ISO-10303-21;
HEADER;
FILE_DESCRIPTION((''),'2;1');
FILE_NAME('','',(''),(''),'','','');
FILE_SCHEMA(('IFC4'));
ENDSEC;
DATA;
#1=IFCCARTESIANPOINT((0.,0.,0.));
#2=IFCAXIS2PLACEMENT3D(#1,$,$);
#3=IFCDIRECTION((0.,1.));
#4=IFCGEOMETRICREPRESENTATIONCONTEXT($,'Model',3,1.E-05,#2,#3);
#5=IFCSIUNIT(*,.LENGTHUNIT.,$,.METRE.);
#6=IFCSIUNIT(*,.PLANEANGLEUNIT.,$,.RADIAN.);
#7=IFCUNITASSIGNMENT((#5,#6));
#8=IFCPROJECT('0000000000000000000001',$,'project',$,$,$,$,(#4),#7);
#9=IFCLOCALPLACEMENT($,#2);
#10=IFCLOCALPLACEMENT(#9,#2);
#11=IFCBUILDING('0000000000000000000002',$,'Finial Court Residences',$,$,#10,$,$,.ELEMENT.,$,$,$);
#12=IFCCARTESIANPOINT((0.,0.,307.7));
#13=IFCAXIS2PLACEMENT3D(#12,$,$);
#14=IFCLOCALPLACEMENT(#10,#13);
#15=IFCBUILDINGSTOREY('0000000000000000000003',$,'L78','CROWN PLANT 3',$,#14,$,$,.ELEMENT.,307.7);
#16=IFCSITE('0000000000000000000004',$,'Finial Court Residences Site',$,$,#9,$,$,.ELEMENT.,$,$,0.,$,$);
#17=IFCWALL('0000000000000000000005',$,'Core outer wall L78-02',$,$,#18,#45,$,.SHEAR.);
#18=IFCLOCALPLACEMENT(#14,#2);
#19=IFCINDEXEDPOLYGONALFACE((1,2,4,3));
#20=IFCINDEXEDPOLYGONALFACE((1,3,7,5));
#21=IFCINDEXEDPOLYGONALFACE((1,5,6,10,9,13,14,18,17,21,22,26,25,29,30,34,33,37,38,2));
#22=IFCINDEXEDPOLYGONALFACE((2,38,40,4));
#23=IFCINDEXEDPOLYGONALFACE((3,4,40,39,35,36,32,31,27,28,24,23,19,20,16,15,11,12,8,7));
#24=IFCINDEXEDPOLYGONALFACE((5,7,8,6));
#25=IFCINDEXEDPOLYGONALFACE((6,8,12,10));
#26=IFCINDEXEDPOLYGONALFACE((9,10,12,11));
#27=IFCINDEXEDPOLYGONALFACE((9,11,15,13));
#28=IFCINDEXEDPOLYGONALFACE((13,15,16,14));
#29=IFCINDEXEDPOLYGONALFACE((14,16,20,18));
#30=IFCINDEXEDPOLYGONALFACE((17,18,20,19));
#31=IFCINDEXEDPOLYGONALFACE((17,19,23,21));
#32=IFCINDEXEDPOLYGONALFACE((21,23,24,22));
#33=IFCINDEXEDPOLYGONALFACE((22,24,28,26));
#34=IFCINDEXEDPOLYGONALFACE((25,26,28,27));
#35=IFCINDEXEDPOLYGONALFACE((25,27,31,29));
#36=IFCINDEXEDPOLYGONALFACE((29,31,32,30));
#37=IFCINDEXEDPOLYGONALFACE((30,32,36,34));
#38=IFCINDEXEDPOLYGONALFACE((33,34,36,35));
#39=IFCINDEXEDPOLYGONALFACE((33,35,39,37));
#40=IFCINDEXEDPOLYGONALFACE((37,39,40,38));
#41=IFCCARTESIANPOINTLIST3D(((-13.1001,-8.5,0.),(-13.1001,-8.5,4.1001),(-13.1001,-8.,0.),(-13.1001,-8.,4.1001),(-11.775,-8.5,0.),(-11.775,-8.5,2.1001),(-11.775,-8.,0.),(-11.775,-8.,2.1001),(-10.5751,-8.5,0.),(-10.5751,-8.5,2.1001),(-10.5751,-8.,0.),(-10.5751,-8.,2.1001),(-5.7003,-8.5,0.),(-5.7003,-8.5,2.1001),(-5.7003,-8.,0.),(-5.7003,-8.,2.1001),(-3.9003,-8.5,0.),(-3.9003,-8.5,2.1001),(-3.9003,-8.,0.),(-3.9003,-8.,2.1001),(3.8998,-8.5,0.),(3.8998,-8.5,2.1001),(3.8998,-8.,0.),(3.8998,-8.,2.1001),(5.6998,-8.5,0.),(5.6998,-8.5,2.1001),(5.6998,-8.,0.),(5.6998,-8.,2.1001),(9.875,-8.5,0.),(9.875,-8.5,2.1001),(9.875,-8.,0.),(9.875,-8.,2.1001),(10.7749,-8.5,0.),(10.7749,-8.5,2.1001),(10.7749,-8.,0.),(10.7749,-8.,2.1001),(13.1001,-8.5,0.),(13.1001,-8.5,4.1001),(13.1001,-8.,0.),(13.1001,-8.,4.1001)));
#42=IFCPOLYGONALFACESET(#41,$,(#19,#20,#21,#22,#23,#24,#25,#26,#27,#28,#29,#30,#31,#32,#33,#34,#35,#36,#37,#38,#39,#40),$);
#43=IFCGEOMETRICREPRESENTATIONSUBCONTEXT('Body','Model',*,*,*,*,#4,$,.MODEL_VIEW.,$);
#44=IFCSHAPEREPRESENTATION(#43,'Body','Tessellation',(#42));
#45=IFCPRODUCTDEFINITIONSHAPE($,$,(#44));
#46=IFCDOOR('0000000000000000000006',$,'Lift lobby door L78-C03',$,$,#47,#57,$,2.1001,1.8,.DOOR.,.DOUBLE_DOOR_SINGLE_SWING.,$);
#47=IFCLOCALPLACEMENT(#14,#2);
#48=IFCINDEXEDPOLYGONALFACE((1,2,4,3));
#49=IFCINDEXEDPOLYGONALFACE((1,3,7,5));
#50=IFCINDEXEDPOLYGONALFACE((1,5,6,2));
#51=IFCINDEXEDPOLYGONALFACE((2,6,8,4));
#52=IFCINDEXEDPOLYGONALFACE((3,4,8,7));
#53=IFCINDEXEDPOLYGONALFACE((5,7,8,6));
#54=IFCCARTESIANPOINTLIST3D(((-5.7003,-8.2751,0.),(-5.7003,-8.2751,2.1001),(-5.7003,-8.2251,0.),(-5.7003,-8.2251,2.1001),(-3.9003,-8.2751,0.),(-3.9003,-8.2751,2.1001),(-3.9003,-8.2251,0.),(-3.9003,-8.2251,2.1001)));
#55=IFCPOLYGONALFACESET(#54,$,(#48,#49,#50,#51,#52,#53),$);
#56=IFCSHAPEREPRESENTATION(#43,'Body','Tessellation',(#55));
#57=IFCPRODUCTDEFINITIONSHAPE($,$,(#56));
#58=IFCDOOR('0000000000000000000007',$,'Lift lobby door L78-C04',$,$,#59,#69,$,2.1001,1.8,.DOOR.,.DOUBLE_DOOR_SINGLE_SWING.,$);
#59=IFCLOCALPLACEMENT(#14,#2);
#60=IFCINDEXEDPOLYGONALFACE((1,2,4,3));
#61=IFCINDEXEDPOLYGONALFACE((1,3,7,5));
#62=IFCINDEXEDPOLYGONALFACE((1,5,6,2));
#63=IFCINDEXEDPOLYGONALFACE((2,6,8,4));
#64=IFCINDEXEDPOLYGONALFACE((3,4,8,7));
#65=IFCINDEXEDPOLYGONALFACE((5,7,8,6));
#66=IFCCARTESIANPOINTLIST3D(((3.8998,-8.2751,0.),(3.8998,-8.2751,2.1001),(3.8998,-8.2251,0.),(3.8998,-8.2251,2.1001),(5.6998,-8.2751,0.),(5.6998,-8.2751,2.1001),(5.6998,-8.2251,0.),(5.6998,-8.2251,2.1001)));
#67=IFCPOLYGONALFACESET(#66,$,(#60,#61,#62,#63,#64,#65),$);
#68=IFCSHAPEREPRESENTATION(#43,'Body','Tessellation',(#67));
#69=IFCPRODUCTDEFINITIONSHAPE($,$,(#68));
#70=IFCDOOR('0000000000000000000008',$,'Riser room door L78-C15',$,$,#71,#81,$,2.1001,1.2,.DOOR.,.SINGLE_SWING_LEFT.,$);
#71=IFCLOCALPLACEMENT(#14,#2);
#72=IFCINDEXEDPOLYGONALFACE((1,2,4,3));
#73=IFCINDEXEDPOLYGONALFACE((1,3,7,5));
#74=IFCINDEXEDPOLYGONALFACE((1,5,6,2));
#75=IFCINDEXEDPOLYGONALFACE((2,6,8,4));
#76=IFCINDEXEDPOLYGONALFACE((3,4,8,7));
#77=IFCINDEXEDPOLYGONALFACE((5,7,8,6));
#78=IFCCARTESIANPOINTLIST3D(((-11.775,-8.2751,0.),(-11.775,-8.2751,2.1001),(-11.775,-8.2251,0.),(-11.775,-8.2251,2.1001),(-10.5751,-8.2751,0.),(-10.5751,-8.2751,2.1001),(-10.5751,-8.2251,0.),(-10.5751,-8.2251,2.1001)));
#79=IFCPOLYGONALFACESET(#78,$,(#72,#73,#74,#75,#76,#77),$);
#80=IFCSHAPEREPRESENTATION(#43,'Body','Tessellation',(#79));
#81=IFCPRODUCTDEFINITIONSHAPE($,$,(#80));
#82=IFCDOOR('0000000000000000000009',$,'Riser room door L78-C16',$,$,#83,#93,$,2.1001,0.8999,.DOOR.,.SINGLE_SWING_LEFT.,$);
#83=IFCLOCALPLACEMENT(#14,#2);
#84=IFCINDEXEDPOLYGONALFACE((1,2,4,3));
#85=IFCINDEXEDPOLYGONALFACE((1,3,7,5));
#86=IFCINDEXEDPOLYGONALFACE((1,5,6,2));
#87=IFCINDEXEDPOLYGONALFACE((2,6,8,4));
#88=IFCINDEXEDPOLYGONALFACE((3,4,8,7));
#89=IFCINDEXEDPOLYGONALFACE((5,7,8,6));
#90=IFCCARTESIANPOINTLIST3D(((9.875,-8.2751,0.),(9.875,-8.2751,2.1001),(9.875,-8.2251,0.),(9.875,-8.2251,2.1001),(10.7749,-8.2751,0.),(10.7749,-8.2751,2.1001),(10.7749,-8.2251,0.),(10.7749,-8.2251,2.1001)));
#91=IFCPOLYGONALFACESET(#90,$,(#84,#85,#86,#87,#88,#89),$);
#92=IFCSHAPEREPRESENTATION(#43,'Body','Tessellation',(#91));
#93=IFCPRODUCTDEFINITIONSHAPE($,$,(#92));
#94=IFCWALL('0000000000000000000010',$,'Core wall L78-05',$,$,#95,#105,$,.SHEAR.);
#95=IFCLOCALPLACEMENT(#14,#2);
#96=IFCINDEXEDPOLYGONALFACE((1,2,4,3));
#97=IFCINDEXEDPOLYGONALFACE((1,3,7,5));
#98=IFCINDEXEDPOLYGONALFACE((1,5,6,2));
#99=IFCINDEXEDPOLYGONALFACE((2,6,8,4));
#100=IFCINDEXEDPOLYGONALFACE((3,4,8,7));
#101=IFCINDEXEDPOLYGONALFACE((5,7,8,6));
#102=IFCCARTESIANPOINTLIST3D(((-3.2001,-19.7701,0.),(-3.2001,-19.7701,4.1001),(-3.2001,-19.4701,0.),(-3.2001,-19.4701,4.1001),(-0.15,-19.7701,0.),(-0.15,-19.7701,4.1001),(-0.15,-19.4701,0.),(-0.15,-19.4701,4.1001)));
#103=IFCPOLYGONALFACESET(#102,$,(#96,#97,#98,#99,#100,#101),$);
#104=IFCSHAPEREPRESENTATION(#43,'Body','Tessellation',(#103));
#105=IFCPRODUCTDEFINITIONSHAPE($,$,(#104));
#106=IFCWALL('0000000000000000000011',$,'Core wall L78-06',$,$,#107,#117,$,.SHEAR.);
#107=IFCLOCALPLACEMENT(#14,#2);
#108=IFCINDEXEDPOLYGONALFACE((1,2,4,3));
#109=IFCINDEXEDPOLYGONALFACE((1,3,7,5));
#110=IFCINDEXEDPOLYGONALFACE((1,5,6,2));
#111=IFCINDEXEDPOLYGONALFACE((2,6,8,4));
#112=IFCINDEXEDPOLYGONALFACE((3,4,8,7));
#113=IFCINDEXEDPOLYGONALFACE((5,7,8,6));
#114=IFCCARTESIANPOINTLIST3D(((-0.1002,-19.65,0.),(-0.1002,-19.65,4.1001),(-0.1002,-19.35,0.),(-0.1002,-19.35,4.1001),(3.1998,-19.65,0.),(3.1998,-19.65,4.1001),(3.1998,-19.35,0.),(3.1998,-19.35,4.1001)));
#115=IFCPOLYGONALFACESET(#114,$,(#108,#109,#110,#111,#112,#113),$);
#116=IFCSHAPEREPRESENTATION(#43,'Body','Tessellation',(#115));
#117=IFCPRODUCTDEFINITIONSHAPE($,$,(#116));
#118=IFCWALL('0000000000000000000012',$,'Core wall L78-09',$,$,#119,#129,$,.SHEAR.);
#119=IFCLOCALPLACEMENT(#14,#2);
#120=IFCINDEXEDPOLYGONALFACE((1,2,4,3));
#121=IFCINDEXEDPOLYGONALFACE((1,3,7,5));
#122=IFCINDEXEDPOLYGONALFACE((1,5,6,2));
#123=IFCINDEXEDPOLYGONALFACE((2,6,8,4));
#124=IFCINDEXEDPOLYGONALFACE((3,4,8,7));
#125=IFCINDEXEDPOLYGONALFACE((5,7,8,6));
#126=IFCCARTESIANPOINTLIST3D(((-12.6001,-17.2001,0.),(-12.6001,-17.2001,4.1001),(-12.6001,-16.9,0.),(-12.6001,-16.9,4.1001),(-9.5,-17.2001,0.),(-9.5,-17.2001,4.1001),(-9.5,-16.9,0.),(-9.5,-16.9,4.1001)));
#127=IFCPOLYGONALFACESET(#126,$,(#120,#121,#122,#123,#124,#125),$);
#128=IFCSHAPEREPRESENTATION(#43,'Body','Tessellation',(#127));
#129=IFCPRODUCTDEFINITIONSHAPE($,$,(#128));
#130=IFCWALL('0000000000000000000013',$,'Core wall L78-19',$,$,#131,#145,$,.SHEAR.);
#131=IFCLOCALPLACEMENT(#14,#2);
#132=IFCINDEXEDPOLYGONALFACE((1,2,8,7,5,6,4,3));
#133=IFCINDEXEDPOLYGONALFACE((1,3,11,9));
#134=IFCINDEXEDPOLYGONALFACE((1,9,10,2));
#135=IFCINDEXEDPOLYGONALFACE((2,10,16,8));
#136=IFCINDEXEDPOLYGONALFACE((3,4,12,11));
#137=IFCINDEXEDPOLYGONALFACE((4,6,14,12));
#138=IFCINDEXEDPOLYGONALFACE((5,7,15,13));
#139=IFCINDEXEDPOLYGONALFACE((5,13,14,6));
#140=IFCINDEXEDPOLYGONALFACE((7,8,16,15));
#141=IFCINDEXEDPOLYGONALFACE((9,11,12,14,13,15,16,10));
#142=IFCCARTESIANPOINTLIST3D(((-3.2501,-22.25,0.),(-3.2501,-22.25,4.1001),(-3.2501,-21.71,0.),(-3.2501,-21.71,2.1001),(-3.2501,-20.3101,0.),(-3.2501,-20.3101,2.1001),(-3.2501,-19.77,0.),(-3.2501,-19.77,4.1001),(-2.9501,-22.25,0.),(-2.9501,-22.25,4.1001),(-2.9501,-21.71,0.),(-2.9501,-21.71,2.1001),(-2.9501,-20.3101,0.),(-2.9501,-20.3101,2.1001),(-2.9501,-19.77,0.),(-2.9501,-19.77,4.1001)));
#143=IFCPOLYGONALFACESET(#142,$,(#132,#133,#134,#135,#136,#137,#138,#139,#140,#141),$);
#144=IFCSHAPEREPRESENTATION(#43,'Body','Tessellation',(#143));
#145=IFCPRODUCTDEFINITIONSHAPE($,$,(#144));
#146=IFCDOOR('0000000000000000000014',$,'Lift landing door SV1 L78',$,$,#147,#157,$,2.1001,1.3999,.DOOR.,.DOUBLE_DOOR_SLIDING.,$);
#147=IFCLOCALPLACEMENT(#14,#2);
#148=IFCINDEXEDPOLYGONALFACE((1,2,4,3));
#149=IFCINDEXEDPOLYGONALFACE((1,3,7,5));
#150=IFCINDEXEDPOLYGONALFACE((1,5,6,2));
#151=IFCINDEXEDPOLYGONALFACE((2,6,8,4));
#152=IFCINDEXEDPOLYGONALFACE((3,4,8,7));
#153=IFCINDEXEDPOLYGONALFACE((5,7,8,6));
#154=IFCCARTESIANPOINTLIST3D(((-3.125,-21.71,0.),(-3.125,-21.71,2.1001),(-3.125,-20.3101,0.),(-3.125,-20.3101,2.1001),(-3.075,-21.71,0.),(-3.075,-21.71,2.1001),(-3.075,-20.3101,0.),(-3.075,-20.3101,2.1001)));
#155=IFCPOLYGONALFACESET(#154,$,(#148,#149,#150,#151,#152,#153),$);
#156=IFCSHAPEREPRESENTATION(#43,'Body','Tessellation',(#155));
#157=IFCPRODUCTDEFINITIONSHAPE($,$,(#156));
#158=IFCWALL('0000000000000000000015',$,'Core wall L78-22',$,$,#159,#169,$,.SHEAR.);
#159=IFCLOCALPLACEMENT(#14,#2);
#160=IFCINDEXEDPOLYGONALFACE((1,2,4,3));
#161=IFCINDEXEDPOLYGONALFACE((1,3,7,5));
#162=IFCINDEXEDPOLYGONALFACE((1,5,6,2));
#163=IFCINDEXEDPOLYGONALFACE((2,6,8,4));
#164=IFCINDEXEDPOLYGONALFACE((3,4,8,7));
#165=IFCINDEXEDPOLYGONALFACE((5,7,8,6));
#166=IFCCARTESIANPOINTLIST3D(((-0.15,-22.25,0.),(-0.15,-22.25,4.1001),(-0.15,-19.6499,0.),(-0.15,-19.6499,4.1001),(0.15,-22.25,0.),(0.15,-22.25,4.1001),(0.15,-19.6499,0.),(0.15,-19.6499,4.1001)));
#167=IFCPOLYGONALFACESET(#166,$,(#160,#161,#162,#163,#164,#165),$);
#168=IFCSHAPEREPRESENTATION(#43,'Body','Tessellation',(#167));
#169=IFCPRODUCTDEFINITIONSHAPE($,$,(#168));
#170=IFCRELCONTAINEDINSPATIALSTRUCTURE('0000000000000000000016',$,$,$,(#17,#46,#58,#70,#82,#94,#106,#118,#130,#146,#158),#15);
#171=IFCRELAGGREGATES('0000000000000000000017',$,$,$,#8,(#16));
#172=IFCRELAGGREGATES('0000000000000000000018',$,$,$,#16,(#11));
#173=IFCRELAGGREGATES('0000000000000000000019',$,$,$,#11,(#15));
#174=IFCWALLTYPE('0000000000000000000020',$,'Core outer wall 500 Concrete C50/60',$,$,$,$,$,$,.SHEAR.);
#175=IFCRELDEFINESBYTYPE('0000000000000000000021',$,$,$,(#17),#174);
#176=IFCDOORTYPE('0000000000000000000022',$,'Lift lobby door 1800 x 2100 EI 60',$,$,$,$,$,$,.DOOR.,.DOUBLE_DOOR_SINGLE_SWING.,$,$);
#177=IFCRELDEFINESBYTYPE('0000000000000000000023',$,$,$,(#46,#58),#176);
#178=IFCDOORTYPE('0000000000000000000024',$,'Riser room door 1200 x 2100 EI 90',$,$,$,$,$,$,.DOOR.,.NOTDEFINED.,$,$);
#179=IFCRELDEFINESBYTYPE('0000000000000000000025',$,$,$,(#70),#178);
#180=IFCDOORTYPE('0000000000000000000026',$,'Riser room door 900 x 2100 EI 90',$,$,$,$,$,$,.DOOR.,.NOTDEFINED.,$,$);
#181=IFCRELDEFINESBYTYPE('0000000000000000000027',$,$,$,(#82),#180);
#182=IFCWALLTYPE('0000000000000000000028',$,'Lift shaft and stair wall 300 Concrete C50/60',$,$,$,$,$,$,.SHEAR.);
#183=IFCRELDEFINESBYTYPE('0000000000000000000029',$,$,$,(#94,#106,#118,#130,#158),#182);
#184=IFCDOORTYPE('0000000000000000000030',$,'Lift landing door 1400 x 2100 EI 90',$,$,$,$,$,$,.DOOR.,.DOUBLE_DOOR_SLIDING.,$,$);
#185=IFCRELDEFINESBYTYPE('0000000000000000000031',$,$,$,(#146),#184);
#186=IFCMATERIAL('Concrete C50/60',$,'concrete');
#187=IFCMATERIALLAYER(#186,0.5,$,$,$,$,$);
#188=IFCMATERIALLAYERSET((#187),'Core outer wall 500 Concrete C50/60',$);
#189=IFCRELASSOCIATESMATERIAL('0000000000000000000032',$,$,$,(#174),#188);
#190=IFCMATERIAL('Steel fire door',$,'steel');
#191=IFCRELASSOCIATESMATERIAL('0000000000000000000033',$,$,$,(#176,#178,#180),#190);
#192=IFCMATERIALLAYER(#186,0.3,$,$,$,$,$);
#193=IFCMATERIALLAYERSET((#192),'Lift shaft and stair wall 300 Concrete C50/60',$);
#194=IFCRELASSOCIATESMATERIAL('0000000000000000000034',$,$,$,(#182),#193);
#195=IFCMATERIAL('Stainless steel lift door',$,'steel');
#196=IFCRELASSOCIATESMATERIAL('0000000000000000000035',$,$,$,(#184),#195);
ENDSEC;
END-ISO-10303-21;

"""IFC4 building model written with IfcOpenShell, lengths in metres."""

from ifc_helpers import new_model, si_unit, direction, frame, frame_2d, origin, place, context, subcontext, project, spatial, rectangle, extrude, material, layer, layer_set, type_object, element, fill, save


model = new_model("IFC4")

# Units and contexts
model_context = context("Model", 3, precision=1e-05, world=origin(), true_north=direction((0.0, 1.0)))
body_context = subcontext(model_context, "Body", "Model", "MODEL_VIEW")
ifc_project = project(units=[si_unit("LENGTHUNIT", "METRE"), si_unit("PLANEANGLEUNIT", "RADIAN")], contexts=[model_context])

# Site, building, storey
site_placement = place(None, origin())
site = spatial("IfcSite", under=ifc_project, at=site_placement, Name="Finial Court Residences Site", CompositionType="ELEMENT", RefElevation=0.0)
building_placement = place(site_placement, origin())
building = spatial("IfcBuilding", under=site, at=building_placement, Name="Finial Court Residences", CompositionType="ELEMENT")
storey_placement = place(building_placement, frame((0.0, 0.0, 307.7)))
storey = spatial("IfcBuildingStorey", under=building, at=storey_placement, Name="L78", Description="CROWN PLANT 3", CompositionType="ELEMENT", Elevation=307.7)

# Wall, openings, doors
ifc_material_1 = material(Name="Concrete C50/60", Category="concrete")
ifc_layer_1 = layer(ifc_material_1, 0.5)
ifc_layer_set_1 = layer_set([ifc_layer_1], Name="Core outer wall 500 Concrete C50/60")
wall_type_1 = type_object("IfcWallType", Name="Core outer wall 500 Concrete C50/60", PredefinedType="SHEAR", material=ifc_layer_set_1)
wall_1_placement = place(storey_placement, frame((-13.1001, -8.25, 0.0), z_axis=(0.0, 0.0, 1.0), x_axis=(1.0, 0.0, 0.0)))
wall_1 = element("IfcWall", 1, at=wall_1_placement, inside=storey, type_object=wall_type_1, Name="Core outer wall L78-02", PredefinedType="SHEAR", context=body_context, shape_type="SweptSolid", body=[
    extrude(rectangle(XDim=26.2002, YDim=0.5, at=frame_2d((13.1001, 0.0))), origin(), (0.0, 0.0, 1.0), 4.1001),
])
opening_1_placement = place(wall_1_placement, frame((7.3999, 0.0, 0.0)))
opening_1 = element("IfcOpeningElement", 2, at=opening_1_placement, cuts=wall_1, PredefinedType="OPENING", context=body_context, shape_type="SweptSolid", body=[
    extrude(rectangle(XDim=1.8, YDim=2.1001, at=frame_2d((0.8999, 1.05))), frame((0.0, 0.26, 0.0), z_axis=(0.0, -1.0, 0.0), x_axis=(1.0, 0.0, 0.0)), (0.0, 0.0, 1.0), 0.52),
])
opening_2_placement = place(wall_1_placement, frame((17.0, 0.0, 0.0)))
opening_2 = element("IfcOpeningElement", 3, at=opening_2_placement, cuts=wall_1, PredefinedType="OPENING", context=body_context, shape_type="SweptSolid", body=[
    extrude(rectangle(XDim=1.8, YDim=2.1001, at=frame_2d((0.8999, 1.05))), frame((0.0, 0.26, 0.0), z_axis=(0.0, -1.0, 0.0), x_axis=(1.0, 0.0, 0.0)), (0.0, 0.0, 1.0), 0.52),
])
opening_3_placement = place(wall_1_placement, frame((1.325, 0.0, 0.0)))
opening_3 = element("IfcOpeningElement", 4, at=opening_3_placement, cuts=wall_1, PredefinedType="OPENING", context=body_context, shape_type="SweptSolid", body=[
    extrude(rectangle(XDim=1.2, YDim=2.1001, at=frame_2d((0.6001, 1.05))), frame((0.0, 0.26, 0.0), z_axis=(0.0, -1.0, 0.0), x_axis=(1.0, 0.0, 0.0)), (0.0, 0.0, 1.0), 0.52),
])
opening_4_placement = place(wall_1_placement, frame((22.9751, 0.0, 0.0)))
opening_4 = element("IfcOpeningElement", 5, at=opening_4_placement, cuts=wall_1, PredefinedType="OPENING", context=body_context, shape_type="SweptSolid", body=[
    extrude(rectangle(XDim=0.8999, YDim=2.1001, at=frame_2d((0.45, 1.05))), frame((0.0, 0.26, 0.0), z_axis=(0.0, -1.0, 0.0), x_axis=(1.0, 0.0, 0.0)), (0.0, 0.0, 1.0), 0.52),
])
ifc_material_2 = material(Name="Steel fire door", Category="steel")
door_type_1 = type_object("IfcDoorType", Name="Lift lobby door 1800 x 2100 EI 60", OperationType="DOUBLE_DOOR_SINGLE_SWING", PredefinedType="DOOR", material=ifc_material_2)
door_1_placement = place(opening_1_placement, origin())
door_1 = element("IfcDoor", 6, at=door_1_placement, inside=storey, type_object=door_type_1, Name="Lift lobby door L78-C03", OperationType="DOUBLE_DOOR_SINGLE_SWING", OverallHeight=2.1001, OverallWidth=1.8, PredefinedType="DOOR", context=body_context, shape_type="SweptSolid", body=[
    extrude(rectangle(XDim=1.8, YDim=2.1001, at=frame_2d((0.8999, 1.05))), frame((0.0, 0.0249, 0.0), z_axis=(0.0, -1.0, 0.0), x_axis=(1.0, 0.0, 0.0)), (0.0, 0.0, 1.0), 0.05),
])
fill(opening_1, door_1)
door_2_placement = place(opening_2_placement, origin())
door_2 = element("IfcDoor", 7, at=door_2_placement, inside=storey, type_object=door_type_1, Name="Lift lobby door L78-C04", OperationType="DOUBLE_DOOR_SINGLE_SWING", OverallHeight=2.1001, OverallWidth=1.8, PredefinedType="DOOR", context=body_context, shape_type="SweptSolid", body=[
    extrude(rectangle(XDim=1.8, YDim=2.1001, at=frame_2d((0.8999, 1.05))), frame((0.0, 0.0249, 0.0), z_axis=(0.0, -1.0, 0.0), x_axis=(1.0, 0.0, 0.0)), (0.0, 0.0, 1.0), 0.05),
])
fill(opening_2, door_2)
door_type_2 = type_object("IfcDoorType", Name="Riser room door 1200 x 2100 EI 90", OperationType="NOTDEFINED", PredefinedType="DOOR", material=ifc_material_2)
door_3_placement = place(opening_3_placement, origin())
door_3 = element("IfcDoor", 8, at=door_3_placement, inside=storey, type_object=door_type_2, Name="Riser room door L78-C15", OperationType="SINGLE_SWING_LEFT", OverallHeight=2.1001, OverallWidth=1.2, PredefinedType="DOOR", context=body_context, shape_type="SweptSolid", body=[
    extrude(rectangle(XDim=1.2, YDim=2.1001, at=frame_2d((0.6001, 1.05))), frame((0.0, 0.0249, 0.0), z_axis=(0.0, -1.0, 0.0), x_axis=(1.0, 0.0, 0.0)), (0.0, 0.0, 1.0), 0.05),
])
fill(opening_3, door_3)
door_type_3 = type_object("IfcDoorType", Name="Riser room door 900 x 2100 EI 90", OperationType="NOTDEFINED", PredefinedType="DOOR", material=ifc_material_2)
door_4_placement = place(opening_4_placement, origin())
door_4 = element("IfcDoor", 9, at=door_4_placement, inside=storey, type_object=door_type_3, Name="Riser room door L78-C16", OperationType="SINGLE_SWING_LEFT", OverallHeight=2.1001, OverallWidth=0.8999, PredefinedType="DOOR", context=body_context, shape_type="SweptSolid", body=[
    extrude(rectangle(XDim=0.8999, YDim=2.1001, at=frame_2d((0.45, 1.05))), frame((0.0, 0.0249, 0.0), z_axis=(0.0, -1.0, 0.0), x_axis=(1.0, 0.0, 0.0)), (0.0, 0.0, 1.0), 0.05),
])
fill(opening_4, door_4)

# Walls
ifc_layer_2 = layer(ifc_material_1, 0.3)
ifc_layer_set_2 = layer_set([ifc_layer_2], Name="Lift shaft and stair wall 300 Concrete C50/60")
wall_type_2 = type_object("IfcWallType", Name="Lift shaft and stair wall 300 Concrete C50/60", PredefinedType="SHEAR", material=ifc_layer_set_2)
wall_2_placement = place(storey_placement, frame((-3.2, -19.6201, 0.0), z_axis=(0.0, 0.0, 1.0), x_axis=(1.0, 0.0, 0.0)))
element("IfcWall", 10, at=wall_2_placement, inside=storey, type_object=wall_type_2, Name="Core wall L78-05", PredefinedType="SHEAR", context=body_context, shape_type="SweptSolid", body=[
    extrude(rectangle(XDim=3.05, YDim=0.3, at=frame_2d((1.5249, 0.0))), origin(), (0.0, 0.0, 1.0), 4.1001),
])
wall_3_placement = place(storey_placement, frame((-0.1001, -19.5, 0.0), z_axis=(0.0, 0.0, 1.0), x_axis=(1.0, 0.0, 0.0)))
element("IfcWall", 11, at=wall_3_placement, inside=storey, type_object=wall_type_2, Name="Core wall L78-06", PredefinedType="SHEAR", context=body_context, shape_type="SweptSolid", body=[
    extrude(rectangle(XDim=3.3, YDim=0.3, at=frame_2d((1.6499, 0.0))), origin(), (0.0, 0.0, 1.0), 4.1001),
])
wall_4_placement = place(storey_placement, frame((-12.6001, -17.05, 0.0), z_axis=(0.0, 0.0, 1.0), x_axis=(1.0, 0.0, 0.0)))
element("IfcWall", 12, at=wall_4_placement, inside=storey, type_object=wall_type_2, Name="Core wall L78-09", PredefinedType="SHEAR", context=body_context, shape_type="SweptSolid", body=[
    extrude(rectangle(XDim=3.1001, YDim=0.3, at=frame_2d((1.55, 0.0))), origin(), (0.0, 0.0, 1.0), 4.1001),
])

# Wall, opening, door
wall_5_placement = place(storey_placement, frame((-3.1001, -22.25, 0.0), z_axis=(0.0, 0.0, 1.0), x_axis=(0.0, 1.0, 0.0)))
wall_5 = element("IfcWall", 13, at=wall_5_placement, inside=storey, type_object=wall_type_2, Name="Core wall L78-19", PredefinedType="SHEAR", context=body_context, shape_type="SweptSolid", body=[
    extrude(rectangle(XDim=2.48, YDim=0.3, at=frame_2d((1.24, 0.0))), origin(), (0.0, 0.0, 1.0), 4.1001),
])
opening_5_placement = place(wall_5_placement, frame((0.54, 0.0, 0.0)))
opening_5 = element("IfcOpeningElement", 14, at=opening_5_placement, cuts=wall_5, PredefinedType="OPENING", context=body_context, shape_type="SweptSolid", body=[
    extrude(rectangle(XDim=1.3999, YDim=2.1001, at=frame_2d((0.7, 1.05))), frame((0.0, 0.1599, 0.0), z_axis=(0.0, -1.0, 0.0), x_axis=(1.0, 0.0, 0.0)), (0.0, 0.0, 1.0), 0.3201),
])
ifc_material_3 = material(Name="Stainless steel lift door", Category="steel")
door_type_4 = type_object("IfcDoorType", Name="Lift landing door 1400 x 2100 EI 90", OperationType="DOUBLE_DOOR_SLIDING", PredefinedType="DOOR", material=ifc_material_3)
door_5_placement = place(opening_5_placement, origin())
door_5 = element("IfcDoor", 15, at=door_5_placement, inside=storey, type_object=door_type_4, Name="Lift landing door SV1 L78", OperationType="DOUBLE_DOOR_SLIDING", OverallHeight=2.1001, OverallWidth=1.3999, PredefinedType="DOOR", context=body_context, shape_type="SweptSolid", body=[
    extrude(rectangle(XDim=1.3999, YDim=2.1001, at=frame_2d((0.7, 1.05))), frame((0.0, 0.0249, 0.0), z_axis=(0.0, -1.0, 0.0), x_axis=(1.0, 0.0, 0.0)), (0.0, 0.0, 1.0), 0.05),
])
fill(opening_5, door_5)

# Wall
wall_6_placement = place(storey_placement, frame((0.0, -22.25, 0.0), z_axis=(0.0, 0.0, 1.0), x_axis=(0.0, 1.0, 0.0)))
element("IfcWall", 16, at=wall_6_placement, inside=storey, type_object=wall_type_2, Name="Core wall L78-22", PredefinedType="SHEAR", context=body_context, shape_type="SweptSolid", body=[
    extrude(rectangle(XDim=2.6001, YDim=0.3, at=frame_2d((1.3, 0.0))), origin(), (0.0, 0.0, 1.0), 4.1001),
])

save(model, "model.ifc")
